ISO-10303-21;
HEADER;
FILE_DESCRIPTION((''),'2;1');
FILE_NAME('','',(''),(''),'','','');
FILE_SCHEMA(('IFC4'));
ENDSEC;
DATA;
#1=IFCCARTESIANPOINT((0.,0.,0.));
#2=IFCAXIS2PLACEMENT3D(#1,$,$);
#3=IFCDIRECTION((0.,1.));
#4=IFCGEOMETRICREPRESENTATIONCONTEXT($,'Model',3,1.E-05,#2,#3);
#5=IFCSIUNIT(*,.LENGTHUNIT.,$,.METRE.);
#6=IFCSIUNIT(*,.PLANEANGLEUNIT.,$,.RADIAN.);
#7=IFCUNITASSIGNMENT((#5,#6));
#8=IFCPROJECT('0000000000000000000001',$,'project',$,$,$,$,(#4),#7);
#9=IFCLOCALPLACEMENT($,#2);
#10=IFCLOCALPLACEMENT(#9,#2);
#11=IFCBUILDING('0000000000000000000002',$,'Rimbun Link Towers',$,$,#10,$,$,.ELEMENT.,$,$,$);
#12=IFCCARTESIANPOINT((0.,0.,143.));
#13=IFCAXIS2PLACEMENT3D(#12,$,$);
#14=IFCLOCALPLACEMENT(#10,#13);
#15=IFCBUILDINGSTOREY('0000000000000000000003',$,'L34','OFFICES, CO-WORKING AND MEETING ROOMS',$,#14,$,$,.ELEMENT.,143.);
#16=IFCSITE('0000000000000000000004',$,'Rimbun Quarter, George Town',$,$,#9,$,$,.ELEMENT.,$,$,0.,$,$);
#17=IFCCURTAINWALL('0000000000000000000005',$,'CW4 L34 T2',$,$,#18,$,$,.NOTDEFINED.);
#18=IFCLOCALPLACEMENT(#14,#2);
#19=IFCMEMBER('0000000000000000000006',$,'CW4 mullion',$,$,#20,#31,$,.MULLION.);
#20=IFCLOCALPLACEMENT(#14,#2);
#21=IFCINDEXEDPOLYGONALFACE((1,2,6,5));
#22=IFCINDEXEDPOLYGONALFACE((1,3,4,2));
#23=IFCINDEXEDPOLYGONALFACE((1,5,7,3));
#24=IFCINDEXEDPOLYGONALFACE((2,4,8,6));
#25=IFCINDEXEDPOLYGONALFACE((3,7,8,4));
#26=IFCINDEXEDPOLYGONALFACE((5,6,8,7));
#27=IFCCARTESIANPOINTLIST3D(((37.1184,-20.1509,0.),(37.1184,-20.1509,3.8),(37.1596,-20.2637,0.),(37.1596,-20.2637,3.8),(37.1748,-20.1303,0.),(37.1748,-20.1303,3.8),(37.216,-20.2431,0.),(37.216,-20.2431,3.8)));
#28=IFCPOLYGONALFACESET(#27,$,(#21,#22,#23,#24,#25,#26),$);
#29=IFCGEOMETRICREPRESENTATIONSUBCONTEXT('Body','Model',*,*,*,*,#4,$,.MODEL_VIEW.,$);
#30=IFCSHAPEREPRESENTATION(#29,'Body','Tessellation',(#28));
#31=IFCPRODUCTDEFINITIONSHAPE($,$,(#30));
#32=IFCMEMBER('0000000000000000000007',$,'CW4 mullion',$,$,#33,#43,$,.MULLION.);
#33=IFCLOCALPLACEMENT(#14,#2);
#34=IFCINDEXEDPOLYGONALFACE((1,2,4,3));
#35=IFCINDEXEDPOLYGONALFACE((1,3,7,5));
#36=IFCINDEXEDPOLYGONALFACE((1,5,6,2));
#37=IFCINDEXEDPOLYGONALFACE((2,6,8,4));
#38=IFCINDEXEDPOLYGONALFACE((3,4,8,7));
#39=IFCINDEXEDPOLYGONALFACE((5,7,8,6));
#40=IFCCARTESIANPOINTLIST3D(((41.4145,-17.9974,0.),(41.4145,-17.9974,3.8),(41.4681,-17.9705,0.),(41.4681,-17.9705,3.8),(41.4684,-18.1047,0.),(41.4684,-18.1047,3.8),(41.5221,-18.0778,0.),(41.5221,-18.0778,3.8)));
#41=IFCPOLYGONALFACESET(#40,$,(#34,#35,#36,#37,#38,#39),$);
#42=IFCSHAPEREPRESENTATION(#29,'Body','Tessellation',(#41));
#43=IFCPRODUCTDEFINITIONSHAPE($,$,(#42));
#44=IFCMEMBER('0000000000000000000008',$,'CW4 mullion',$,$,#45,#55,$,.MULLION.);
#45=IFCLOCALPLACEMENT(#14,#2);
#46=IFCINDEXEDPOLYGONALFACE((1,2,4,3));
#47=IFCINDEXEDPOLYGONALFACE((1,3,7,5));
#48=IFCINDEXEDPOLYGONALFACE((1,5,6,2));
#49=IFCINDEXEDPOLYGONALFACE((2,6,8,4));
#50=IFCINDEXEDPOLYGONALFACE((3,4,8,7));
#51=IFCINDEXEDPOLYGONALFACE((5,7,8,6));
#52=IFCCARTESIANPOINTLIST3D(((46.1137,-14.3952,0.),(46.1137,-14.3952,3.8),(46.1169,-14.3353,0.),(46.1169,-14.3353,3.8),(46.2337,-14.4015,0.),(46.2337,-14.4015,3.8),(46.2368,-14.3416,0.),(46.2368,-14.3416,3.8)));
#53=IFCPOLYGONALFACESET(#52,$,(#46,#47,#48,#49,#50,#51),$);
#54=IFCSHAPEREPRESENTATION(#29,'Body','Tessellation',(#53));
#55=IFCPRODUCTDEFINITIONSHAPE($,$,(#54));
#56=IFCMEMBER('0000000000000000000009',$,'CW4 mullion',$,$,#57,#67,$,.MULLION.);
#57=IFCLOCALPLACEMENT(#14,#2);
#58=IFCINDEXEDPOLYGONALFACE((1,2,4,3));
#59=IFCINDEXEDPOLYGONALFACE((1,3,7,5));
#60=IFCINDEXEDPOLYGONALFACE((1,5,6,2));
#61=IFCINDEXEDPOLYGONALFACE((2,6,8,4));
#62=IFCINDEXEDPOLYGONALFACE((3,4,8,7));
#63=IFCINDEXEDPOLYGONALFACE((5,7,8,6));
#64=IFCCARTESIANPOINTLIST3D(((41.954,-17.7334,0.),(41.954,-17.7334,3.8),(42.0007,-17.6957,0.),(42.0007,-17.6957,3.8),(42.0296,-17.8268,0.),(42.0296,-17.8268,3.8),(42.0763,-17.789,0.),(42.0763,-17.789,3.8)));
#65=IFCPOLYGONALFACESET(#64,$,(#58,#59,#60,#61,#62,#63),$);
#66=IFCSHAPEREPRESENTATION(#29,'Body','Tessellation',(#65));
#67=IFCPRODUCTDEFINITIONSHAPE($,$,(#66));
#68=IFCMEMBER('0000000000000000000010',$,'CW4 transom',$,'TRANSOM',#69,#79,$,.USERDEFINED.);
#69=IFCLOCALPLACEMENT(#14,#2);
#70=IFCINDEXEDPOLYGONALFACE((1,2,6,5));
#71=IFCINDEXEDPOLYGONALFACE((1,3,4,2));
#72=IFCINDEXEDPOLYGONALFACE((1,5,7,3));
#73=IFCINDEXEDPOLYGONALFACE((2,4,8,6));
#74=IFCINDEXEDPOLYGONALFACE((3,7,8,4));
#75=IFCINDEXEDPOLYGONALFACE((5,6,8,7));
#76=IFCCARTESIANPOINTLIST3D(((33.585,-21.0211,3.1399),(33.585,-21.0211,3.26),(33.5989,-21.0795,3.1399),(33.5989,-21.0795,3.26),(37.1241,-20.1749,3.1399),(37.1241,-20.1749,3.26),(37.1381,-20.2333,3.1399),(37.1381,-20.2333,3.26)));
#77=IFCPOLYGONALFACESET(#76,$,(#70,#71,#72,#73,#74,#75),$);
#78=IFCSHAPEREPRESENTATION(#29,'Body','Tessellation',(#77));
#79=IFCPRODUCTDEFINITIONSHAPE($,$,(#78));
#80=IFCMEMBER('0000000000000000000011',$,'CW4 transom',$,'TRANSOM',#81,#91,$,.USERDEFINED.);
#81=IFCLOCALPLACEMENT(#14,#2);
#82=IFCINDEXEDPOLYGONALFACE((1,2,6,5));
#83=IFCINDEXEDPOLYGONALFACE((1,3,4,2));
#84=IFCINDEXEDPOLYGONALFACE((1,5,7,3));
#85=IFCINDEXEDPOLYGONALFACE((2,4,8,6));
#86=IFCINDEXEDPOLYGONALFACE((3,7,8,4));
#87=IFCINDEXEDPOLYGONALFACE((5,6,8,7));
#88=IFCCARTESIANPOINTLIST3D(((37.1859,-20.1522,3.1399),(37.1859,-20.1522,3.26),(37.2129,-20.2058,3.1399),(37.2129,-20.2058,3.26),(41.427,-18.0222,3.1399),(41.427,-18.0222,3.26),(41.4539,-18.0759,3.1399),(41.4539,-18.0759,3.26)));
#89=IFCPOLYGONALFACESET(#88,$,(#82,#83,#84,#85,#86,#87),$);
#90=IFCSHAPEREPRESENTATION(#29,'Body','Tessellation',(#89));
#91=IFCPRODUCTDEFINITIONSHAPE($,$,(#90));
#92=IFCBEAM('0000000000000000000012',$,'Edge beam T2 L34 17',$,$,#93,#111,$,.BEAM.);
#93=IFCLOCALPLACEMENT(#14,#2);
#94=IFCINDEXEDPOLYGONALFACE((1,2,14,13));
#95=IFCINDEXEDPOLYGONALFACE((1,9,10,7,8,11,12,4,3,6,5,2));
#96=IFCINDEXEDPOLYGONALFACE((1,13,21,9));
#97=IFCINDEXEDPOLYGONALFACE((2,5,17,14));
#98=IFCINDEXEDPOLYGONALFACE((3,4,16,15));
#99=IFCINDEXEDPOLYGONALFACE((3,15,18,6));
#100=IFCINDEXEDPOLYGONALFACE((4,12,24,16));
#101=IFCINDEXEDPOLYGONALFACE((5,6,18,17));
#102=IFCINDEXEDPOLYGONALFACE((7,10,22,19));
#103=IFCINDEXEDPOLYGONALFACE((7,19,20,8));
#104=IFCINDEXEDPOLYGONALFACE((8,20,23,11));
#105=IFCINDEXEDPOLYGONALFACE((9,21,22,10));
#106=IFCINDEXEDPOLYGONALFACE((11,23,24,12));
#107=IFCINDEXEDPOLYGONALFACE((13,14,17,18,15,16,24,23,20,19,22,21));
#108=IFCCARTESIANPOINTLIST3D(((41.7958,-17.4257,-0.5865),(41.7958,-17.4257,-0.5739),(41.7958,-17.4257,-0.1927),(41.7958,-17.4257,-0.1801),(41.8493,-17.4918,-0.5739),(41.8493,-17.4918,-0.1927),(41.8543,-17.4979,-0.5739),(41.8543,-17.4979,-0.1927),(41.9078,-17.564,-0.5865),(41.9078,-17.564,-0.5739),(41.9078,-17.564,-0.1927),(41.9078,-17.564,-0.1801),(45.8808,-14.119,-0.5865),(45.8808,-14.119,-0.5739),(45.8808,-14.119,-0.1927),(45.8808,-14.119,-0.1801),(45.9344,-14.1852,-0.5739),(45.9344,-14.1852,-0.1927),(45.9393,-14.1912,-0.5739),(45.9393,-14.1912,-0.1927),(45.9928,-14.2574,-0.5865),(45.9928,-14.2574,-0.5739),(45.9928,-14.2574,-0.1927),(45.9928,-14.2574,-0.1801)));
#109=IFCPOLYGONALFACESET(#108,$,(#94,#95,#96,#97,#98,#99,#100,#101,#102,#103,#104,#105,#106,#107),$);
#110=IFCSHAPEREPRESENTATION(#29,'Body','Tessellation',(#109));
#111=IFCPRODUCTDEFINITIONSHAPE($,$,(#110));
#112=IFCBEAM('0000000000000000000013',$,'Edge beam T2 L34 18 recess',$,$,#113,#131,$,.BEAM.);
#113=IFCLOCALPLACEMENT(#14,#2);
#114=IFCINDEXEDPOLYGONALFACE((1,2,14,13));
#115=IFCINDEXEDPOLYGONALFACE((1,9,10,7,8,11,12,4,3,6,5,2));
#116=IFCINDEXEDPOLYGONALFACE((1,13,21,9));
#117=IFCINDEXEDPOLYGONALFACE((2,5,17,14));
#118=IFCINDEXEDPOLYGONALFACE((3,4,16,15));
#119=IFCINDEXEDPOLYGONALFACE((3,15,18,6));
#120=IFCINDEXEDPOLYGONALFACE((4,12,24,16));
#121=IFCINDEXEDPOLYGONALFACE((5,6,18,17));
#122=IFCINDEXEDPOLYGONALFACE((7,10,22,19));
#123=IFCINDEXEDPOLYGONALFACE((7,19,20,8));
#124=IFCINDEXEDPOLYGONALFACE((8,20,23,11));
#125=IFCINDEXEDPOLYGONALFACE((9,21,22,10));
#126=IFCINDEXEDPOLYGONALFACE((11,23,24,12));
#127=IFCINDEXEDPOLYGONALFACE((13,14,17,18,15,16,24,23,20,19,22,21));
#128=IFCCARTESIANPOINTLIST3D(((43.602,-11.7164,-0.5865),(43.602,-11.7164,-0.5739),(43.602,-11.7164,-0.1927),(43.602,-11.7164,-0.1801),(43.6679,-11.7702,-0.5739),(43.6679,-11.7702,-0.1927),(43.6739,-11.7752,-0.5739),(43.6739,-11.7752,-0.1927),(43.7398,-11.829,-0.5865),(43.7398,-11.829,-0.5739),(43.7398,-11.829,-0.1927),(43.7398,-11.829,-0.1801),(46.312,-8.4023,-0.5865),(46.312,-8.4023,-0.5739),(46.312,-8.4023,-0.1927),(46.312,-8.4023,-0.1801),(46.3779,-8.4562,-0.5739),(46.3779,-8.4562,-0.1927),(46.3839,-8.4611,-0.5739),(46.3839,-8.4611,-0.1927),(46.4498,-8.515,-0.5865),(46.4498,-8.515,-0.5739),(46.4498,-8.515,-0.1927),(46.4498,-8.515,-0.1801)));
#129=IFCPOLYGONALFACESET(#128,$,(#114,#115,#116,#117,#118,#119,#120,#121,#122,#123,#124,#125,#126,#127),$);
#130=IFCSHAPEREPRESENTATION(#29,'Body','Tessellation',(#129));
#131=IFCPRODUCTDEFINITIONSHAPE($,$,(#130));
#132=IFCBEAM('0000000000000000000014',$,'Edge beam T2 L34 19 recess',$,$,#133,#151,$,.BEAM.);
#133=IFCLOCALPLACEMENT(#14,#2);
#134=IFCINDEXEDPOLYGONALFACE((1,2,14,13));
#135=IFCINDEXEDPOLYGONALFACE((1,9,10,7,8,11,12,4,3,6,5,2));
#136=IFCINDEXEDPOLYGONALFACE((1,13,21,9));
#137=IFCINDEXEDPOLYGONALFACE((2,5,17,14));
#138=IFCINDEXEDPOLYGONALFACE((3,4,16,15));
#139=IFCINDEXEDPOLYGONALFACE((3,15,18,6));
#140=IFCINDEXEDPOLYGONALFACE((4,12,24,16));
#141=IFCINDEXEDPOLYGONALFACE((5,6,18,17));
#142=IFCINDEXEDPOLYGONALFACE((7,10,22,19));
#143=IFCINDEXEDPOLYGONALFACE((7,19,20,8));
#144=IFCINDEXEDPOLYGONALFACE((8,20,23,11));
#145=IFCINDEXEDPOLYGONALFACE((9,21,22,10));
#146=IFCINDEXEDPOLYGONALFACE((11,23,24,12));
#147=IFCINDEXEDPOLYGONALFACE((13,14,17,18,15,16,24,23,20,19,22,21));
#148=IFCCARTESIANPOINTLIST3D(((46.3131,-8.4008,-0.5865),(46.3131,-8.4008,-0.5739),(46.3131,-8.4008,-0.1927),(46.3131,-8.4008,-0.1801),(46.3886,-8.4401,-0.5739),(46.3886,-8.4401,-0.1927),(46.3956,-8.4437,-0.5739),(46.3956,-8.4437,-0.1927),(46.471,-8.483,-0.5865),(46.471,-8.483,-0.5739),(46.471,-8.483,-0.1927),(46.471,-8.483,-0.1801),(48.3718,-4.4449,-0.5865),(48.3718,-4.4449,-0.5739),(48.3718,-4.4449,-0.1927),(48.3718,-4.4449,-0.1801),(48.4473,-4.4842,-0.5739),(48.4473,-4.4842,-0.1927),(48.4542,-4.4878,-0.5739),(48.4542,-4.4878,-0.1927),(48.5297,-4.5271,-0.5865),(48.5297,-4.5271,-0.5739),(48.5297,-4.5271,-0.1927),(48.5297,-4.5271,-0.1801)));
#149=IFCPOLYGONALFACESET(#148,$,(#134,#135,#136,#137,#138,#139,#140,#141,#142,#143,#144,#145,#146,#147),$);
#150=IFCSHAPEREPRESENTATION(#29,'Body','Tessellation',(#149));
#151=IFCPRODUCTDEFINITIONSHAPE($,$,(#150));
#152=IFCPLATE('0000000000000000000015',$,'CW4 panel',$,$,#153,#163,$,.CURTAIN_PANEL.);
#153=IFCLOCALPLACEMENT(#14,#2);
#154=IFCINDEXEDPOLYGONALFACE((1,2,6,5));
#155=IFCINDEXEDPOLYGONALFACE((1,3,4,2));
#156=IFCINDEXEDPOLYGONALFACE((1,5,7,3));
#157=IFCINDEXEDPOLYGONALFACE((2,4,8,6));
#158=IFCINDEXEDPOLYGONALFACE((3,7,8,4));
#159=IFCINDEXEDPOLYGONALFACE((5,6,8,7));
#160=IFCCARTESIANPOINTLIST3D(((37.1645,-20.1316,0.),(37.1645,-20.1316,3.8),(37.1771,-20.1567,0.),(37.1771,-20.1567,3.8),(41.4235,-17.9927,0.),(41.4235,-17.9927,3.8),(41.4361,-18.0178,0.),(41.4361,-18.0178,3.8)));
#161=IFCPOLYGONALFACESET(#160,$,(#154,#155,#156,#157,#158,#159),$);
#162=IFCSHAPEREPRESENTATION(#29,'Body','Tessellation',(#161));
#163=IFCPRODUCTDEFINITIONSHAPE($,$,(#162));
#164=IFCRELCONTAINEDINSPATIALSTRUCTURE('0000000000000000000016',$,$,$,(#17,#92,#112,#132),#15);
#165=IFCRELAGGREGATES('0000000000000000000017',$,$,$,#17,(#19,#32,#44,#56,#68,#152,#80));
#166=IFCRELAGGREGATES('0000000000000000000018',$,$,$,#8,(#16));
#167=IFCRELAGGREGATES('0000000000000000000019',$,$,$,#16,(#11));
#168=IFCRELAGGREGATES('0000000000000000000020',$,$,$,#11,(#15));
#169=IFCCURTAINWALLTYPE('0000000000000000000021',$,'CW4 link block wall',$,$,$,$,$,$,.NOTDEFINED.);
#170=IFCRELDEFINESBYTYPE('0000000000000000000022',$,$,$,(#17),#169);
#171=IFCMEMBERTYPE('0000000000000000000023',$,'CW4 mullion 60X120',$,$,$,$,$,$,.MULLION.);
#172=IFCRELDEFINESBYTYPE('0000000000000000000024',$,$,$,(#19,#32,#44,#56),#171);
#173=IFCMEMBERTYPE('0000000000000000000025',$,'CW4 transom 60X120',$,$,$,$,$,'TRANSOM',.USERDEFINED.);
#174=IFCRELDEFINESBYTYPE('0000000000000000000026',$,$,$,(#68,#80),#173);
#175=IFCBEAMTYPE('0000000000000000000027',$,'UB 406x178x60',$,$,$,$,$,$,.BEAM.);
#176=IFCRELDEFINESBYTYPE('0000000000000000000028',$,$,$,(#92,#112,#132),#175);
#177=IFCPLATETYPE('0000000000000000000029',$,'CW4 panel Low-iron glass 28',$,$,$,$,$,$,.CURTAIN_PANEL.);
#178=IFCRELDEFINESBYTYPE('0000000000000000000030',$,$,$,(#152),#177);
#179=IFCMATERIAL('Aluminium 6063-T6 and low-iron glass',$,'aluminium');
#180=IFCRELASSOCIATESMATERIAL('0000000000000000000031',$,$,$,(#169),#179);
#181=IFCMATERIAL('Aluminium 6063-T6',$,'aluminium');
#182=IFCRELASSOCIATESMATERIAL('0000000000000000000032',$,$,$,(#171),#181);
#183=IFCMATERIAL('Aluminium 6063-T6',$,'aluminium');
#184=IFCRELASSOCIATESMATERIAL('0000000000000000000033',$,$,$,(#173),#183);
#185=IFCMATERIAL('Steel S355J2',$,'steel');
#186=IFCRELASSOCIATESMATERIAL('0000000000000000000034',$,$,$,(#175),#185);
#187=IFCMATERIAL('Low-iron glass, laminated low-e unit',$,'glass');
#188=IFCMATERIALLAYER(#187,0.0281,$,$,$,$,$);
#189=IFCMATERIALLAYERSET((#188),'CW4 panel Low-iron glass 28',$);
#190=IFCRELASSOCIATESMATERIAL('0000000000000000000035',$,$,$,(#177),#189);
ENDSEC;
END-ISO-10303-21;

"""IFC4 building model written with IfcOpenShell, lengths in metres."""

from ifc_helpers import new_model, si_unit, direction, frame, origin, origin_2d, place, context, subcontext, project, spatial, rectangle, i_section, extrude, material, layer, layer_set, material_profile, profile_set, type_object, element, aggregate, save


model = new_model("IFC4")

# Units and contexts
model_context = context("Model", 3, precision=1e-05, world=origin(), true_north=direction((0.0, 1.0)))
body_context = subcontext(model_context, "Body", "Model", "MODEL_VIEW")
ifc_project = project(units=[si_unit("LENGTHUNIT", "METRE"), si_unit("PLANEANGLEUNIT", "RADIAN")], contexts=[model_context])

# Site, building, storey
site_placement = place(None, origin())
site = spatial("IfcSite", under=ifc_project, at=site_placement, Name="Rimbun Quarter, George Town", CompositionType="ELEMENT", RefElevation=0.0)
building_placement = place(site_placement, origin())
building = spatial("IfcBuilding", under=site, at=building_placement, Name="Rimbun Link Towers", CompositionType="ELEMENT")
storey_placement = place(building_placement, frame((0.0, 0.0, 143.0)))
storey = spatial("IfcBuildingStorey", under=building, at=storey_placement, Name="L34", Description="OFFICES, CO-WORKING AND MEETING ROOMS", CompositionType="ELEMENT", Elevation=143.0)

# Curtain wall, members
ifc_material_1 = material(Name="Aluminium 6063-T6 and low-iron glass", Category="aluminium")
curtain_wall_type = type_object("IfcCurtainWallType", Name="CW4 link block wall", PredefinedType="NOTDEFINED", material=ifc_material_1)
curtain_wall_placement = place(storey_placement, origin())
curtain_wall = element("IfcCurtainWall", 1, at=curtain_wall_placement, inside=storey, type_object=curtain_wall_type, Name="CW4 L34 T2", PredefinedType="NOTDEFINED")
ifc_material_2 = material(Name="Aluminium 6063-T6", Category="aluminium")
ifc_material_profile_1 = material_profile(ifc_material_2, rectangle(XDim=0.1201, YDim=0.0601, at=origin_2d()), Name="MULLION 60X120")
ifc_profile_set_1 = profile_set([ifc_material_profile_1], Name="Aluminium 6063-T6")
member_type_1 = type_object("IfcMemberType", Name="CW4 mullion 60X120", PredefinedType="MULLION", material=ifc_profile_set_1)
member_1_placement = place(storey_placement, frame((37.1672, -20.197, 0.0), z_axis=(0.0, 0.0, 1.0), x_axis=(0.342963, -0.939349, 0.0)))
member_1 = element("IfcMember", 2, at=member_1_placement, type_object=member_type_1, Name="CW4 mullion", PredefinedType="MULLION", context=body_context, shape_type="SweptSolid", body=[
    extrude(rectangle(XDim=0.1201, YDim=0.0601, at=origin_2d()), origin(), (0.0, 0.0, 1.0), 3.8),
])
member_2_placement = place(storey_placement, frame((41.4683, -18.0376, 0.0), z_axis=(0.0, 0.0, 1.0), x_axis=(0.448782, -0.893641, 0.0)))
member_2 = element("IfcMember", 3, at=member_2_placement, type_object=member_type_1, Name="CW4 mullion", PredefinedType="MULLION", context=body_context, shape_type="SweptSolid", body=[
    extrude(rectangle(XDim=0.1201, YDim=0.0601, at=origin_2d()), origin(), (0.0, 0.0, 1.0), 3.8),
])
member_3_placement = place(storey_placement, frame((46.1753, -14.3684, 0.0), z_axis=(0.0, 0.0, 1.0), x_axis=(0.998624, -0.05244, 0.0)))
member_3 = element("IfcMember", 4, at=member_3_placement, type_object=member_type_1, Name="CW4 mullion", PredefinedType="MULLION", context=body_context, shape_type="SweptSolid", body=[
    extrude(rectangle(XDim=0.1201, YDim=0.0601, at=origin_2d()), origin(), (0.0, 0.0, 1.0), 3.8),
])
member_4_placement = place(storey_placement, frame((42.0151, -17.7612, 0.0), z_axis=(0.0, 0.0, 1.0), x_axis=(0.629159, -0.777277, 0.0)))
member_4 = element("IfcMember", 5, at=member_4_placement, type_object=member_type_1, Name="CW4 mullion", PredefinedType="MULLION", context=body_context, shape_type="SweptSolid", body=[
    extrude(rectangle(XDim=0.1201, YDim=0.0601, at=origin_2d()), origin(), (0.0, 0.0, 1.0), 3.8),
])
ifc_material_3 = material(Name="Aluminium 6063-T6", Category="aluminium")
ifc_material_profile_2 = material_profile(ifc_material_3, rectangle(XDim=0.0601, YDim=0.1201, at=origin_2d()), Name="TRANSOM 60X120")
ifc_profile_set_2 = profile_set([ifc_material_profile_2], Name="Aluminium 6063-T6")
member_type_2 = type_object("IfcMemberType", Name="CW4 transom 60X120", ElementType="TRANSOM", PredefinedType="USERDEFINED", material=ifc_profile_set_2)
member_5_placement = place(storey_placement, frame((37.1311, -20.2041, 3.2), z_axis=(-0.972585, -0.232546, 0.0), x_axis=(0.232546, -0.972585, 0.0)))
member_5 = element("IfcMember", 6, at=member_5_placement, type_object=member_type_2, Name="CW4 transom", ObjectType="TRANSOM", PredefinedType="USERDEFINED", context=body_context, shape_type="SweptSolid", body=[
    extrude(rectangle(XDim=0.0601, YDim=0.1201, at=origin_2d()), origin(), (0.0, 0.0, 1.0), 3.6389),
])
member_6_placement = place(storey_placement, frame((41.4404, -18.0491, 3.2), z_axis=(-0.893634, -0.448797, 0.0), x_axis=(0.448797, -0.893634, 0.0)))
member_6 = element("IfcMember", 7, at=member_6_placement, type_object=member_type_2, Name="CW4 transom", ObjectType="TRANSOM", PredefinedType="USERDEFINED", context=body_context, shape_type="SweptSolid", body=[
    extrude(rectangle(XDim=0.0601, YDim=0.1201, at=origin_2d()), origin(), (0.0, 0.0, 1.0), 4.7458),
])

# Beams
ifc_material_4 = material(Name="Steel S355J2", Category="steel")
ifc_material_profile_3 = material_profile(ifc_material_4, i_section(OverallWidth=0.178, OverallDepth=0.4065, WebThickness=0.0078, FlangeThickness=0.0127, at=origin_2d()), Name="UB 406x178x60")
ifc_profile_set_3 = profile_set([ifc_material_profile_3], Name="Steel S355J2")
beam_type = type_object("IfcBeamType", Name="UB 406x178x60", PredefinedType="BEAM", material=ifc_profile_set_3)
beam_1_placement = place(storey_placement, frame((41.8518, -17.4949, -0.3833), z_axis=(0.777267, 0.629172, 0.0), x_axis=(-0.629172, 0.777267, 0.0)))
element("IfcBeam", 8, at=beam_1_placement, inside=storey, type_object=beam_type, Name="Edge beam T2 L34 17", PredefinedType="BEAM", context=body_context, shape_type="SweptSolid", body=[
    extrude(i_section(OverallWidth=0.178, OverallDepth=0.4065, WebThickness=0.0078, FlangeThickness=0.0127, at=origin_2d()), origin(), (0.0, 0.0, 1.0), 5.2556),
])
beam_2_placement = place(storey_placement, frame((43.6709, -11.7727, -0.3833), z_axis=(0.633033, 0.774125, 0.0), x_axis=(-0.774125, 0.633033, 0.0)))
element("IfcBeam", 9, at=beam_2_placement, inside=storey, type_object=beam_type, Name="Edge beam T2 L34 18 recess", PredefinedType="BEAM", context=body_context, shape_type="SweptSolid", body=[
    extrude(i_section(OverallWidth=0.178, OverallDepth=0.4065, WebThickness=0.0078, FlangeThickness=0.0127, at=origin_2d()), origin(), (0.0, 0.0, 1.0), 4.281),
])
beam_3_placement = place(storey_placement, frame((46.3921, -8.4419, -0.3833), z_axis=(0.46163, 0.887072, 0.0), x_axis=(-0.887072, 0.46163, 0.0)))
element("IfcBeam", 10, at=beam_3_placement, inside=storey, type_object=beam_type, Name="Edge beam T2 L34 19 recess", PredefinedType="BEAM", context=body_context, shape_type="SweptSolid", body=[
    extrude(i_section(OverallWidth=0.178, OverallDepth=0.4065, WebThickness=0.0078, FlangeThickness=0.0127, at=origin_2d()), origin(), (0.0, 0.0, 1.0), 4.4595),
])

# Plate
ifc_material_5 = material(Name="Low-iron glass, laminated low-e unit", Category="glass")
ifc_layer_1 = layer(ifc_material_5, 0.0281)
ifc_layer_set_1 = layer_set([ifc_layer_1], Name="CW4 panel Low-iron glass 28")
plate_type = type_object("IfcPlateType", Name="CW4 panel Low-iron glass 28", PredefinedType="CURTAIN_PANEL", material=ifc_layer_set_1)
plate_placement = place(storey_placement, frame((39.3003, -19.0747, 0.0), z_axis=(0.0, 0.0, 1.0), x_axis=(-0.893641, -0.448782, 0.0)))
plate = element("IfcPlate", 11, at=plate_placement, type_object=plate_type, Name="CW4 panel", PredefinedType="CURTAIN_PANEL", context=body_context, shape_type="SweptSolid", body=[
    extrude(rectangle(XDim=4.7659, YDim=0.0281, at=origin_2d()), origin(), (0.0, 0.0, 1.0), 3.8),
])
aggregate(curtain_wall, [member_1, member_2, member_3, member_4, member_5, plate, member_6])

save(model, "model.ifc")
